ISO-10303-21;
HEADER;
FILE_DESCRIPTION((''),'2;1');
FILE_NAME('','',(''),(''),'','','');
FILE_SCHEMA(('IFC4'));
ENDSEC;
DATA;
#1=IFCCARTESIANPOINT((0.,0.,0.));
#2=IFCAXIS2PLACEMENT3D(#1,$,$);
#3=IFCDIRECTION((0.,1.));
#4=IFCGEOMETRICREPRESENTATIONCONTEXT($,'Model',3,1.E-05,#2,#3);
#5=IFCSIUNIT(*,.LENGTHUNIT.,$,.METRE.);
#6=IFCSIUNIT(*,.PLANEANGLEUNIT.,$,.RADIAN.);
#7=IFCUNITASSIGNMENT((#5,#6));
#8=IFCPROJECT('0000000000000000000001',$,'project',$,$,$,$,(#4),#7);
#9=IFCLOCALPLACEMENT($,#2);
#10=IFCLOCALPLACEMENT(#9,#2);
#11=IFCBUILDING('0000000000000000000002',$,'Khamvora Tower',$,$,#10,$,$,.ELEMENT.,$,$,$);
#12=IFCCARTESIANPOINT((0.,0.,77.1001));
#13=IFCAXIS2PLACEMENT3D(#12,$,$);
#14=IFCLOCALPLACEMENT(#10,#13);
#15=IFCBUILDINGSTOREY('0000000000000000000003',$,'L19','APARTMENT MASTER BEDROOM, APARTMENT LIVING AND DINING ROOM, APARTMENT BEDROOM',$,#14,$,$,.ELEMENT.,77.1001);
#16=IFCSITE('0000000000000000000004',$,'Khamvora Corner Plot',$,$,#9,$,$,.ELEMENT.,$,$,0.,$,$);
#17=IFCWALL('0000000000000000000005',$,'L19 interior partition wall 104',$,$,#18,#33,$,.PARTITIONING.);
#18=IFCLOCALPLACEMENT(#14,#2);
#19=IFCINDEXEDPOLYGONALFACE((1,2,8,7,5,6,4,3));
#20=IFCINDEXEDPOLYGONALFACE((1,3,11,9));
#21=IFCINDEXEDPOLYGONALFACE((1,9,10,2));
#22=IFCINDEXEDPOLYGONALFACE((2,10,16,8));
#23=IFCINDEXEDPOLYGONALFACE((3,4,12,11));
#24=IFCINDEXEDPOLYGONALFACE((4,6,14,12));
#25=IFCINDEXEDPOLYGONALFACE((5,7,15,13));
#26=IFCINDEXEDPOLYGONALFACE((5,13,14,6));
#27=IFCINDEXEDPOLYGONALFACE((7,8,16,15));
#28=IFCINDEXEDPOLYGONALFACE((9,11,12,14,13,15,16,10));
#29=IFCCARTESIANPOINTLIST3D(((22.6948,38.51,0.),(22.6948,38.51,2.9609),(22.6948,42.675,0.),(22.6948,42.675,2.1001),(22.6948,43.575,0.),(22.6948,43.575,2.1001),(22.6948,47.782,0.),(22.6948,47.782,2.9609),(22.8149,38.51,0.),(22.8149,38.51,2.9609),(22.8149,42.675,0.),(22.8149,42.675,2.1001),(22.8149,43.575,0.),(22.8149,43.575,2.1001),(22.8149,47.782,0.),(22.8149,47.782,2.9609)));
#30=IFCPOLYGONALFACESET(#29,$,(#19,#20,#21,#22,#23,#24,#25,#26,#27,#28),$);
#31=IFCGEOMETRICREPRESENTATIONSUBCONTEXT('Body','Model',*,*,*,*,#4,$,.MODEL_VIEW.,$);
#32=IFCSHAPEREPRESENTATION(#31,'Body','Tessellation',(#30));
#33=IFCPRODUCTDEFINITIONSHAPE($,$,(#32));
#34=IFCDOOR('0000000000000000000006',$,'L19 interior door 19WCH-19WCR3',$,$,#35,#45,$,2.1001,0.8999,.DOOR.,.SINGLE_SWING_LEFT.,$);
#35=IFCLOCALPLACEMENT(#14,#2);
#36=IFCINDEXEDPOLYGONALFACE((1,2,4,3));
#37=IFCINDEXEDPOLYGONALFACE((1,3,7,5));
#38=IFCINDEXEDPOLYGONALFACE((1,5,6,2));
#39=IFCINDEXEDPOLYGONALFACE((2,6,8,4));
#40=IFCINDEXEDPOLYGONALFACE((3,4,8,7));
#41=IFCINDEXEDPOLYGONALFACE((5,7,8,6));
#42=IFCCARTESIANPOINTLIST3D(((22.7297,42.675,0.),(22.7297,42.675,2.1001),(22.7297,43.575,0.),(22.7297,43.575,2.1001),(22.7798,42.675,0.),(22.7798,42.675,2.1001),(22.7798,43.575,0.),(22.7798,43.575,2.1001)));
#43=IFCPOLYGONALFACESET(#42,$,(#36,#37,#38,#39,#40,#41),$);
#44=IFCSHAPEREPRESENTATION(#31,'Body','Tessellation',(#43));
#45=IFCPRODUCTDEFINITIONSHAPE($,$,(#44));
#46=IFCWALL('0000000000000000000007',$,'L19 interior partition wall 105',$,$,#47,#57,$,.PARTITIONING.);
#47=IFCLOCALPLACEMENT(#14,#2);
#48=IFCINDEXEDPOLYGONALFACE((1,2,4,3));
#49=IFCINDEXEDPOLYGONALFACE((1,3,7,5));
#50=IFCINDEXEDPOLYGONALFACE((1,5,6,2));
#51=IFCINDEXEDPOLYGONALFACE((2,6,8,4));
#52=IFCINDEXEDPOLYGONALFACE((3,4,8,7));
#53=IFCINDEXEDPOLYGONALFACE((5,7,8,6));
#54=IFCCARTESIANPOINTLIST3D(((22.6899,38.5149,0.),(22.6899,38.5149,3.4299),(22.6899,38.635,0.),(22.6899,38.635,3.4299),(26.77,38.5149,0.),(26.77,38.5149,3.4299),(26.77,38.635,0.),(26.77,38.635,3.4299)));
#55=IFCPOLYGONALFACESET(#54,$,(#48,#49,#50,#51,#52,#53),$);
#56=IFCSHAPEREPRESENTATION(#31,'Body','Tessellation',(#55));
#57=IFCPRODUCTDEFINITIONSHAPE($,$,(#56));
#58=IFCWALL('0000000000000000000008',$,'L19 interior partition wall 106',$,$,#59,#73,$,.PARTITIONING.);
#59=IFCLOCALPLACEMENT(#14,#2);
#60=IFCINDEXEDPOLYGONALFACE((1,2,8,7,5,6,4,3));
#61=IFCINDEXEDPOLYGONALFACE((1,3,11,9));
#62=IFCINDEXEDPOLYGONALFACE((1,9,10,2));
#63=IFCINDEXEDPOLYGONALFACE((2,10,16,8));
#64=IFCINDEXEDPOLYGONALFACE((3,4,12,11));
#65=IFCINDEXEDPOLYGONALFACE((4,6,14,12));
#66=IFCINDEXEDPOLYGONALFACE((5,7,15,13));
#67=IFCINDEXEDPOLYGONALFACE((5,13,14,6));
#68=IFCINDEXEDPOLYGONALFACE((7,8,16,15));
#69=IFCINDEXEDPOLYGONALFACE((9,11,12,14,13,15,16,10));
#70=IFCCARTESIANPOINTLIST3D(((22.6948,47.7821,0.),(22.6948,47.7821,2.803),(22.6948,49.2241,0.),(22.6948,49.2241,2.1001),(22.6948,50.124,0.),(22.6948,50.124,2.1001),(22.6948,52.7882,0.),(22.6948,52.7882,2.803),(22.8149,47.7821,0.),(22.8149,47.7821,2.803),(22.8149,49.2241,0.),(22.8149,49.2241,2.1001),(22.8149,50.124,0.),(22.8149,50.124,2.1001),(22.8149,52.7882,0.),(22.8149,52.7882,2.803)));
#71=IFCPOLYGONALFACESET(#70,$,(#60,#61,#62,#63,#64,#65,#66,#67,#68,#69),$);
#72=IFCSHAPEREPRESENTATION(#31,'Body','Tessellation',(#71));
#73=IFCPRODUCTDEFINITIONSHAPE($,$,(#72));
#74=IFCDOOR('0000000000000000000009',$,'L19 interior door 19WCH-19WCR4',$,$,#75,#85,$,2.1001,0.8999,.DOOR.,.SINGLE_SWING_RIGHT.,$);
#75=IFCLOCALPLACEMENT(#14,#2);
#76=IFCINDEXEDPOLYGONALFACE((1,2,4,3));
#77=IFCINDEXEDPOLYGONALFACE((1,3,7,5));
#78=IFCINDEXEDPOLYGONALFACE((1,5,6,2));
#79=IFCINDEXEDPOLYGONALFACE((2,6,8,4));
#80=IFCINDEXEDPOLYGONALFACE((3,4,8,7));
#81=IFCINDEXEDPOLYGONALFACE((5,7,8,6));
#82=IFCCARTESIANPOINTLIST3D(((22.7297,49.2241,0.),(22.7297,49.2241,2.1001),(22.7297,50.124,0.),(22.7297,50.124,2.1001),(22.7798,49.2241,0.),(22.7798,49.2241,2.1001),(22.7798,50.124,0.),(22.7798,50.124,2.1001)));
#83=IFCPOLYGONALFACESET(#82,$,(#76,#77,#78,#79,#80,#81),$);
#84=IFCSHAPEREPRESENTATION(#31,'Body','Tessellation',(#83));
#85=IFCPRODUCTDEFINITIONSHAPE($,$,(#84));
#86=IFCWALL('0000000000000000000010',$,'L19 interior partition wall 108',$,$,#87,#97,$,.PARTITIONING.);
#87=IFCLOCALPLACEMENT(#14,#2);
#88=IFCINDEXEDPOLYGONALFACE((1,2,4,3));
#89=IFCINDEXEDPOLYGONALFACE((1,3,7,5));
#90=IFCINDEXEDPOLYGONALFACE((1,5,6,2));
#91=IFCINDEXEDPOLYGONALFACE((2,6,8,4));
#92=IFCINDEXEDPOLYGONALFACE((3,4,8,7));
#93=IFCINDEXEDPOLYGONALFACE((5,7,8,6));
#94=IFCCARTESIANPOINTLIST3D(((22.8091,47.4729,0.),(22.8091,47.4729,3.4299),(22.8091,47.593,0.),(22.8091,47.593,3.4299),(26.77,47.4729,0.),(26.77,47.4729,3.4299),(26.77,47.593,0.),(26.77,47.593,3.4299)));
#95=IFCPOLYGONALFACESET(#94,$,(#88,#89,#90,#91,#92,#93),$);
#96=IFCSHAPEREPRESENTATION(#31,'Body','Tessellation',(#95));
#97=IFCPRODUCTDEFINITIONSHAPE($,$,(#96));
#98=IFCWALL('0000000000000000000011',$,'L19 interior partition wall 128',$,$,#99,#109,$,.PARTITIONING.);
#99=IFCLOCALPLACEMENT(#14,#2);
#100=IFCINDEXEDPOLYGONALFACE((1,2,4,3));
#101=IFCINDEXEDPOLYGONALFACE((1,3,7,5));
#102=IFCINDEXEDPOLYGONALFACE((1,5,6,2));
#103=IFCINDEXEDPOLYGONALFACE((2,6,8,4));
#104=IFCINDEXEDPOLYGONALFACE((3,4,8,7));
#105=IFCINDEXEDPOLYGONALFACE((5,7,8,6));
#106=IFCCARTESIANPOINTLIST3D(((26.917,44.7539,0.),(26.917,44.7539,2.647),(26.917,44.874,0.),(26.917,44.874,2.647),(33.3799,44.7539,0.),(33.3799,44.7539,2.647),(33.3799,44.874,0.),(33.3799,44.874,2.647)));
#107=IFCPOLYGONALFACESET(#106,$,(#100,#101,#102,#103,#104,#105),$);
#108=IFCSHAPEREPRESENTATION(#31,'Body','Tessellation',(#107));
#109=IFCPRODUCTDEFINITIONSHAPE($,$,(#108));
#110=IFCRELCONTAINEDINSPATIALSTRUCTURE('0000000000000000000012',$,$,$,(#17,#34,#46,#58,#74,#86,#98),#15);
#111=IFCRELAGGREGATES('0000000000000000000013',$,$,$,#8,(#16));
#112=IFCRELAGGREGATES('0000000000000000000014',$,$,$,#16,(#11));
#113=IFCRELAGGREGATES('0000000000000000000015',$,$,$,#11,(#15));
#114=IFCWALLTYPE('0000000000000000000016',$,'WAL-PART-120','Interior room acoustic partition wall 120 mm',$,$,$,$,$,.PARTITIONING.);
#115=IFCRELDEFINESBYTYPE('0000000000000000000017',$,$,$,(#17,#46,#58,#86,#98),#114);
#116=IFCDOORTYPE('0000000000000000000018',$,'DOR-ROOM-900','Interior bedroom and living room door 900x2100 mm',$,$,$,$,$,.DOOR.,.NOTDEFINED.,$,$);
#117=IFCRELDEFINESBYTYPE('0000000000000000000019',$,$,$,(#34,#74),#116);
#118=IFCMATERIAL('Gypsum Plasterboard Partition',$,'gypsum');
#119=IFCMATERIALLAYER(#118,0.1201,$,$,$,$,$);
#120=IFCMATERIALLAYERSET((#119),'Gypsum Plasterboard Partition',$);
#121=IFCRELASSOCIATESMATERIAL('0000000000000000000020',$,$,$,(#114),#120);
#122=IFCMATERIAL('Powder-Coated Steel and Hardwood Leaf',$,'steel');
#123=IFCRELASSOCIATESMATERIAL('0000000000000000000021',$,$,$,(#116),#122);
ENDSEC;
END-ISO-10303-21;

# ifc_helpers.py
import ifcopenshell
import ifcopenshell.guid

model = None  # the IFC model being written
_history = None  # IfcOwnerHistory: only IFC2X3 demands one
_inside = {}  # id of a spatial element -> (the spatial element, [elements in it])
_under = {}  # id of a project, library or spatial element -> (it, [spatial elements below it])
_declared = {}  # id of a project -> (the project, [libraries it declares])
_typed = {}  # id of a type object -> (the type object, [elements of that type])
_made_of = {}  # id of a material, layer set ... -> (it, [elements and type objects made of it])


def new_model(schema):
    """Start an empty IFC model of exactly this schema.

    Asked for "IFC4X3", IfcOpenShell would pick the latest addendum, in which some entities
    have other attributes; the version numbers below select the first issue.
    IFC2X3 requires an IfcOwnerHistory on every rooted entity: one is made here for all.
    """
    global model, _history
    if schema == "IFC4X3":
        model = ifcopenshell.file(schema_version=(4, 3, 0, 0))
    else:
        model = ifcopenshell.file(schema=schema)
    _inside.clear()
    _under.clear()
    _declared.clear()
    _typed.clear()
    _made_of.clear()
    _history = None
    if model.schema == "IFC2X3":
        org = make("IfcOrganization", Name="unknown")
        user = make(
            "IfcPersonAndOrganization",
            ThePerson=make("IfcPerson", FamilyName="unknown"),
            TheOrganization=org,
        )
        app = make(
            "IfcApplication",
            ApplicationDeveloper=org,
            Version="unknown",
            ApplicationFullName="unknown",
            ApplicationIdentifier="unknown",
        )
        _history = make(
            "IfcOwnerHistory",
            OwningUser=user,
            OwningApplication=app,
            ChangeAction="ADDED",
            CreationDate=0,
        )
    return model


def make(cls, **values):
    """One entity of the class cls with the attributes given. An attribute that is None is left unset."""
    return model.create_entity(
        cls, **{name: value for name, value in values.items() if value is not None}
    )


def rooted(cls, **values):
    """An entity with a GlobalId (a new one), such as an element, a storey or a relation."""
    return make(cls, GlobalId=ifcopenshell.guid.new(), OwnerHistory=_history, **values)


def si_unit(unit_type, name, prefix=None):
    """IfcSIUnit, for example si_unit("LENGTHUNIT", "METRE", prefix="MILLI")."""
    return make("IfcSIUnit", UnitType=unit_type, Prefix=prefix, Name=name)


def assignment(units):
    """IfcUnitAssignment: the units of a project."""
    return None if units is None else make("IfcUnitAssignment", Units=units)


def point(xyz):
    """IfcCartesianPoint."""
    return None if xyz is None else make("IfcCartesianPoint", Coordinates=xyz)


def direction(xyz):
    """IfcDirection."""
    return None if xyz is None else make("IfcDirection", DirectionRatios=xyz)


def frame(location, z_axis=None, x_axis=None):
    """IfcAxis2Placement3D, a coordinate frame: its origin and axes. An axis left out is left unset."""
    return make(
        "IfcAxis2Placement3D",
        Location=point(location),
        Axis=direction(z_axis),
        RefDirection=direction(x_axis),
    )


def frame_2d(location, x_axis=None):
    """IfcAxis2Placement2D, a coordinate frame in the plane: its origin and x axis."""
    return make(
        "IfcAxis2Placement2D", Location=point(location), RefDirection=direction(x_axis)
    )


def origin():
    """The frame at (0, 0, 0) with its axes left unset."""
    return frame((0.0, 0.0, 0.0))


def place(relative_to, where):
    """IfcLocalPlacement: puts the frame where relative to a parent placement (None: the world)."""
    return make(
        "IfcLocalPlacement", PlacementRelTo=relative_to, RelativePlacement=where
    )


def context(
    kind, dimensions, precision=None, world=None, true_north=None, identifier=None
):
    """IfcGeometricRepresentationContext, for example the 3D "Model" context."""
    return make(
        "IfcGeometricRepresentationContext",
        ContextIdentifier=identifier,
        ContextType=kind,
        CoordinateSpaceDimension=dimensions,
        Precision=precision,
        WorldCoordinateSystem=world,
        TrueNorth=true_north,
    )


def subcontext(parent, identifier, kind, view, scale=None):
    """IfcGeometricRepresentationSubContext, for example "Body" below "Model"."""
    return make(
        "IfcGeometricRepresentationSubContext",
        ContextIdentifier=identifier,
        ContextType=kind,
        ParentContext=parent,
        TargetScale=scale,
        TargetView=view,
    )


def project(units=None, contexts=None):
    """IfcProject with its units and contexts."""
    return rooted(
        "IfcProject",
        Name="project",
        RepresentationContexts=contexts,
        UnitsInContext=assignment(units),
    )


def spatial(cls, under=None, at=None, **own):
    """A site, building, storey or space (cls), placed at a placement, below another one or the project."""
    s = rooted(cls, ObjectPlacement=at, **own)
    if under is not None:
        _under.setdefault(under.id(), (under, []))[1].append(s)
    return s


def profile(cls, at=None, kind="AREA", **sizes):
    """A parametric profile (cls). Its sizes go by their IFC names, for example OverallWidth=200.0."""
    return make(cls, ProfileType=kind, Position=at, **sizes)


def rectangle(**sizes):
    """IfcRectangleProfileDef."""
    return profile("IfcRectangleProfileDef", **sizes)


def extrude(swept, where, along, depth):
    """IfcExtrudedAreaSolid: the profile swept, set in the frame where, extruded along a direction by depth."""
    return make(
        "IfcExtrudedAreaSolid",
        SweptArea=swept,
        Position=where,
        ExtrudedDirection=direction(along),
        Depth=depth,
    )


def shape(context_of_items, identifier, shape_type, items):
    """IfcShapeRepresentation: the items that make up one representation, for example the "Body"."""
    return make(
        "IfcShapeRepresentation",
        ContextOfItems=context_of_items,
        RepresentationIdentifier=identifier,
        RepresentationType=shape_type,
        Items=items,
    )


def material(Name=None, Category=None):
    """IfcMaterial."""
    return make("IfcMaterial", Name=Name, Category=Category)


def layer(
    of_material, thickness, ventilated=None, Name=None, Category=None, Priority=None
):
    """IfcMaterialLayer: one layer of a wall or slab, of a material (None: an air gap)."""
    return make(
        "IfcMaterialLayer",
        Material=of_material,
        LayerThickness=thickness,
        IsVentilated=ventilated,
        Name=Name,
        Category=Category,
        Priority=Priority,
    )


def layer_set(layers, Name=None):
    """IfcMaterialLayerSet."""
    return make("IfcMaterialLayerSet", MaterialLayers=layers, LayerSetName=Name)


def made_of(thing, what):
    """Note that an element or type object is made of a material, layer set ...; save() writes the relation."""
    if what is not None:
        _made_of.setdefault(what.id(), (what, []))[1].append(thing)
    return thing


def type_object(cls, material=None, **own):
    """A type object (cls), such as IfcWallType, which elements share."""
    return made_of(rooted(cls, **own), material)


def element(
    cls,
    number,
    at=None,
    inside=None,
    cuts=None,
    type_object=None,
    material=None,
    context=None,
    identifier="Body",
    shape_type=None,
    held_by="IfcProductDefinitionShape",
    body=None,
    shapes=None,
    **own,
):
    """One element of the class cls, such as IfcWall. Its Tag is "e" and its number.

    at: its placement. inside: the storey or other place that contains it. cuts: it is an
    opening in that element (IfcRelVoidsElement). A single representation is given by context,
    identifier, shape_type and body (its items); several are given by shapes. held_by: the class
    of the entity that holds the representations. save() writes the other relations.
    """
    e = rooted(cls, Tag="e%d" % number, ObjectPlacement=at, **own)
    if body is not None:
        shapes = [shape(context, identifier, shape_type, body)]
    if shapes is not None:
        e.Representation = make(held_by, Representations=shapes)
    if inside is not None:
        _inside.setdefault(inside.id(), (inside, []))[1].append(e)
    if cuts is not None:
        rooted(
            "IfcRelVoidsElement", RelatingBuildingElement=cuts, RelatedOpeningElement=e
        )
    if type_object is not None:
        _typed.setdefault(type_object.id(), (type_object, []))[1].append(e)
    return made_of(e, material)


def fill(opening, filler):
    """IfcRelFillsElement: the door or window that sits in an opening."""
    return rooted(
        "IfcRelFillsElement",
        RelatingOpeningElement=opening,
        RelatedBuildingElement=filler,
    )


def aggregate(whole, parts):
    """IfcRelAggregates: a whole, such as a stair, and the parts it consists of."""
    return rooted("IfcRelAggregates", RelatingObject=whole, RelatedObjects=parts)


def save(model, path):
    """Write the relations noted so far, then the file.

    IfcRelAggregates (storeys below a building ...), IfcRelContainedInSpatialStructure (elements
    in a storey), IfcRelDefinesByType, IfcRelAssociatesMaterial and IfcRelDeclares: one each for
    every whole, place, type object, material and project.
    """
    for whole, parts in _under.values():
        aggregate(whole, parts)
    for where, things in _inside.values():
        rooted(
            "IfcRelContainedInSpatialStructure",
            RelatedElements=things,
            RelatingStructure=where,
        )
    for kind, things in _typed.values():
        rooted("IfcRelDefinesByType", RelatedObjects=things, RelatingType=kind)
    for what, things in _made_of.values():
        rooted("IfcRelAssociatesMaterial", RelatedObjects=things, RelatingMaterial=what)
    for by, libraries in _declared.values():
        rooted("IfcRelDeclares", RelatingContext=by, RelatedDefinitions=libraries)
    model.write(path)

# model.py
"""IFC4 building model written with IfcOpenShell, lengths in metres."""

from ifc_helpers import new_model, si_unit, direction, frame, frame_2d, origin, place, context, subcontext, project, spatial, rectangle, extrude, material, layer, layer_set, type_object, element, fill, save


model = new_model("IFC4")

# Units and contexts
model_context = context("Model", 3, precision=1e-05, world=origin(), true_north=direction((0.0, 1.0)))
body_context = subcontext(model_context, "Body", "Model", "MODEL_VIEW")
ifc_project = project(units=[si_unit("LENGTHUNIT", "METRE"), si_unit("PLANEANGLEUNIT", "RADIAN")], contexts=[model_context])

# Site, building, storey
site_placement = place(None, origin())
site = spatial("IfcSite", under=ifc_project, at=site_placement, Name="Khamvora Corner Plot", CompositionType="ELEMENT", RefElevation=0.0)
building_placement = place(site_placement, origin())
building = spatial("IfcBuilding", under=site, at=building_placement, Name="Khamvora Tower", CompositionType="ELEMENT")
storey_placement = place(building_placement, frame((0.0, 0.0, 77.1001)))
storey = spatial("IfcBuildingStorey", under=building, at=storey_placement, Name="L19", Description="APARTMENT MASTER BEDROOM, APARTMENT LIVING AND DINING ROOM, APARTMENT BEDROOM", CompositionType="ELEMENT", Elevation=77.1001)

# Wall, opening, door
ifc_material_1 = material(Name="Gypsum Plasterboard Partition", Category="gypsum")
ifc_layer_1 = layer(ifc_material_1, 0.1201)
ifc_layer_set_1 = layer_set([ifc_layer_1], Name="Gypsum Plasterboard Partition")
wall_type_1 = type_object("IfcWallType", Name="WAL-PART-120", Description="Interior room acoustic partition wall 120 mm", PredefinedType="PARTITIONING", material=ifc_layer_set_1)
ifc_material_2 = material(Name="Powder-Coated Steel and Hardwood Leaf", Category="steel")
door_type = type_object("IfcDoorType", Name="DOR-ROOM-900", Description="Interior bedroom and living room door 900x2100 mm", OperationType="NOTDEFINED", PredefinedType="DOOR", material=ifc_material_2)
wall_1_placement = place(storey_placement, frame((22.7549, 47.782, 0.0), z_axis=(0.0, 0.0, 1.0), x_axis=(0.0, -1.0, 0.0)))
wall_1 = element("IfcWall", 1, at=wall_1_placement, inside=storey, type_object=wall_type_1, Name="L19 interior partition wall 104", PredefinedType="PARTITIONING", context=body_context, shape_type="SweptSolid", body=[
    extrude(rectangle(XDim=9.272, YDim=0.1201, at=frame_2d((4.636, 0.0))), origin(), (0.0, 0.0, 1.0), 2.9609),
])
opening_1_placement = place(wall_1_placement, frame((4.207, 0.0, 0.0)))
opening_1 = element("IfcOpeningElement", 2, at=opening_1_placement, cuts=wall_1, PredefinedType="OPENING", context=body_context, shape_type="SweptSolid", body=[
    extrude(rectangle(XDim=0.8999, YDim=2.1001, at=frame_2d((0.45, 1.05))), frame((0.0, 0.0701, 0.0), z_axis=(0.0, -1.0, 0.0), x_axis=(1.0, 0.0, 0.0)), (0.0, 0.0, 1.0), 0.1401),
])
door_1_placement = place(opening_1_placement, origin())
door_1 = element("IfcDoor", 3, at=door_1_placement, inside=storey, type_object=door_type, Name="L19 interior door 19WCH-19WCR3", OperationType="SINGLE_SWING_LEFT", OverallHeight=2.1001, OverallWidth=0.8999, PredefinedType="DOOR", context=body_context, shape_type="SweptSolid", body=[
    extrude(rectangle(XDim=0.8999, YDim=2.1001, at=frame_2d((0.45, 1.05))), frame((0.0, 0.0249, 0.0), z_axis=(0.0, -1.0, 0.0), x_axis=(1.0, 0.0, 0.0)), (0.0, 0.0, 1.0), 0.05),
])
fill(opening_1, door_1)

# Wall
wall_2_placement = place(storey_placement, frame((22.6899, 38.575, 0.0), z_axis=(0.0, 0.0, 1.0), x_axis=(1.0, 0.0, 0.0)))
element("IfcWall", 4, at=wall_2_placement, inside=storey, type_object=wall_type_1, Name="L19 interior partition wall 105", PredefinedType="PARTITIONING", context=body_context, shape_type="SweptSolid", body=[
    extrude(rectangle(XDim=4.0801, YDim=0.1201, at=frame_2d((2.04, 0.0))), origin(), (0.0, 0.0, 1.0), 3.4299),
])

# Wall, opening, door
wall_3_placement = place(storey_placement, frame((22.7549, 52.7881, 0.0), z_axis=(0.0, 0.0, 1.0), x_axis=(0.0, -1.0, 0.0)))
wall_3 = element("IfcWall", 5, at=wall_3_placement, inside=storey, type_object=wall_type_1, Name="L19 interior partition wall 106", PredefinedType="PARTITIONING", context=body_context, shape_type="SweptSolid", body=[
    extrude(rectangle(XDim=5.0061, YDim=0.1201, at=frame_2d((2.5029, 0.0))), origin(), (0.0, 0.0, 1.0), 2.803),
])
opening_2_placement = place(wall_3_placement, frame((2.6641, 0.0, 0.0)))
opening_2 = element("IfcOpeningElement", 6, at=opening_2_placement, cuts=wall_3, PredefinedType="OPENING", context=body_context, shape_type="SweptSolid", body=[
    extrude(rectangle(XDim=0.8999, YDim=2.1001, at=frame_2d((0.45, 1.05))), frame((0.0, 0.0701, 0.0), z_axis=(0.0, -1.0, 0.0), x_axis=(1.0, 0.0, 0.0)), (0.0, 0.0, 1.0), 0.1401),
])
door_2_placement = place(opening_2_placement, origin())
door_2 = element("IfcDoor", 7, at=door_2_placement, inside=storey, type_object=door_type, Name="L19 interior door 19WCH-19WCR4", OperationType="SINGLE_SWING_RIGHT", OverallHeight=2.1001, OverallWidth=0.8999, PredefinedType="DOOR", context=body_context, shape_type="SweptSolid", body=[
    extrude(rectangle(XDim=0.8999, YDim=2.1001, at=frame_2d((0.45, 1.05))), frame((0.0, 0.0249, 0.0), z_axis=(0.0, -1.0, 0.0), x_axis=(1.0, 0.0, 0.0)), (0.0, 0.0, 1.0), 0.05),
])
fill(opening_2, door_2)

# Walls
wall_4_placement = place(storey_placement, frame((22.8091, 47.533, 0.0), z_axis=(0.0, 0.0, 1.0), x_axis=(1.0, 0.0, 0.0)))
element("IfcWall", 8, at=wall_4_placement, inside=storey, type_object=wall_type_1, Name="L19 interior partition wall 108", PredefinedType="PARTITIONING", context=body_context, shape_type="SweptSolid", body=[
    extrude(rectangle(XDim=3.9609, YDim=0.1201, at=frame_2d((1.9805, 0.0))), origin(), (0.0, 0.0, 1.0), 3.4299),
])
wall_5_placement = place(storey_placement, frame((26.917, 44.814, 0.0), z_axis=(0.0, 0.0, 1.0), x_axis=(1.0, 0.0, 0.0)))
element("IfcWall", 9, at=wall_5_placement, inside=storey, type_object=wall_type_1, Name="L19 interior partition wall 128", PredefinedType="PARTITIONING", context=body_context, shape_type="SweptSolid", body=[
    extrude(rectangle(XDim=6.4629, YDim=0.1201, at=frame_2d((3.2314, 0.0))), origin(), (0.0, 0.0, 1.0), 2.647),
])

save(model, "model.ifc")
